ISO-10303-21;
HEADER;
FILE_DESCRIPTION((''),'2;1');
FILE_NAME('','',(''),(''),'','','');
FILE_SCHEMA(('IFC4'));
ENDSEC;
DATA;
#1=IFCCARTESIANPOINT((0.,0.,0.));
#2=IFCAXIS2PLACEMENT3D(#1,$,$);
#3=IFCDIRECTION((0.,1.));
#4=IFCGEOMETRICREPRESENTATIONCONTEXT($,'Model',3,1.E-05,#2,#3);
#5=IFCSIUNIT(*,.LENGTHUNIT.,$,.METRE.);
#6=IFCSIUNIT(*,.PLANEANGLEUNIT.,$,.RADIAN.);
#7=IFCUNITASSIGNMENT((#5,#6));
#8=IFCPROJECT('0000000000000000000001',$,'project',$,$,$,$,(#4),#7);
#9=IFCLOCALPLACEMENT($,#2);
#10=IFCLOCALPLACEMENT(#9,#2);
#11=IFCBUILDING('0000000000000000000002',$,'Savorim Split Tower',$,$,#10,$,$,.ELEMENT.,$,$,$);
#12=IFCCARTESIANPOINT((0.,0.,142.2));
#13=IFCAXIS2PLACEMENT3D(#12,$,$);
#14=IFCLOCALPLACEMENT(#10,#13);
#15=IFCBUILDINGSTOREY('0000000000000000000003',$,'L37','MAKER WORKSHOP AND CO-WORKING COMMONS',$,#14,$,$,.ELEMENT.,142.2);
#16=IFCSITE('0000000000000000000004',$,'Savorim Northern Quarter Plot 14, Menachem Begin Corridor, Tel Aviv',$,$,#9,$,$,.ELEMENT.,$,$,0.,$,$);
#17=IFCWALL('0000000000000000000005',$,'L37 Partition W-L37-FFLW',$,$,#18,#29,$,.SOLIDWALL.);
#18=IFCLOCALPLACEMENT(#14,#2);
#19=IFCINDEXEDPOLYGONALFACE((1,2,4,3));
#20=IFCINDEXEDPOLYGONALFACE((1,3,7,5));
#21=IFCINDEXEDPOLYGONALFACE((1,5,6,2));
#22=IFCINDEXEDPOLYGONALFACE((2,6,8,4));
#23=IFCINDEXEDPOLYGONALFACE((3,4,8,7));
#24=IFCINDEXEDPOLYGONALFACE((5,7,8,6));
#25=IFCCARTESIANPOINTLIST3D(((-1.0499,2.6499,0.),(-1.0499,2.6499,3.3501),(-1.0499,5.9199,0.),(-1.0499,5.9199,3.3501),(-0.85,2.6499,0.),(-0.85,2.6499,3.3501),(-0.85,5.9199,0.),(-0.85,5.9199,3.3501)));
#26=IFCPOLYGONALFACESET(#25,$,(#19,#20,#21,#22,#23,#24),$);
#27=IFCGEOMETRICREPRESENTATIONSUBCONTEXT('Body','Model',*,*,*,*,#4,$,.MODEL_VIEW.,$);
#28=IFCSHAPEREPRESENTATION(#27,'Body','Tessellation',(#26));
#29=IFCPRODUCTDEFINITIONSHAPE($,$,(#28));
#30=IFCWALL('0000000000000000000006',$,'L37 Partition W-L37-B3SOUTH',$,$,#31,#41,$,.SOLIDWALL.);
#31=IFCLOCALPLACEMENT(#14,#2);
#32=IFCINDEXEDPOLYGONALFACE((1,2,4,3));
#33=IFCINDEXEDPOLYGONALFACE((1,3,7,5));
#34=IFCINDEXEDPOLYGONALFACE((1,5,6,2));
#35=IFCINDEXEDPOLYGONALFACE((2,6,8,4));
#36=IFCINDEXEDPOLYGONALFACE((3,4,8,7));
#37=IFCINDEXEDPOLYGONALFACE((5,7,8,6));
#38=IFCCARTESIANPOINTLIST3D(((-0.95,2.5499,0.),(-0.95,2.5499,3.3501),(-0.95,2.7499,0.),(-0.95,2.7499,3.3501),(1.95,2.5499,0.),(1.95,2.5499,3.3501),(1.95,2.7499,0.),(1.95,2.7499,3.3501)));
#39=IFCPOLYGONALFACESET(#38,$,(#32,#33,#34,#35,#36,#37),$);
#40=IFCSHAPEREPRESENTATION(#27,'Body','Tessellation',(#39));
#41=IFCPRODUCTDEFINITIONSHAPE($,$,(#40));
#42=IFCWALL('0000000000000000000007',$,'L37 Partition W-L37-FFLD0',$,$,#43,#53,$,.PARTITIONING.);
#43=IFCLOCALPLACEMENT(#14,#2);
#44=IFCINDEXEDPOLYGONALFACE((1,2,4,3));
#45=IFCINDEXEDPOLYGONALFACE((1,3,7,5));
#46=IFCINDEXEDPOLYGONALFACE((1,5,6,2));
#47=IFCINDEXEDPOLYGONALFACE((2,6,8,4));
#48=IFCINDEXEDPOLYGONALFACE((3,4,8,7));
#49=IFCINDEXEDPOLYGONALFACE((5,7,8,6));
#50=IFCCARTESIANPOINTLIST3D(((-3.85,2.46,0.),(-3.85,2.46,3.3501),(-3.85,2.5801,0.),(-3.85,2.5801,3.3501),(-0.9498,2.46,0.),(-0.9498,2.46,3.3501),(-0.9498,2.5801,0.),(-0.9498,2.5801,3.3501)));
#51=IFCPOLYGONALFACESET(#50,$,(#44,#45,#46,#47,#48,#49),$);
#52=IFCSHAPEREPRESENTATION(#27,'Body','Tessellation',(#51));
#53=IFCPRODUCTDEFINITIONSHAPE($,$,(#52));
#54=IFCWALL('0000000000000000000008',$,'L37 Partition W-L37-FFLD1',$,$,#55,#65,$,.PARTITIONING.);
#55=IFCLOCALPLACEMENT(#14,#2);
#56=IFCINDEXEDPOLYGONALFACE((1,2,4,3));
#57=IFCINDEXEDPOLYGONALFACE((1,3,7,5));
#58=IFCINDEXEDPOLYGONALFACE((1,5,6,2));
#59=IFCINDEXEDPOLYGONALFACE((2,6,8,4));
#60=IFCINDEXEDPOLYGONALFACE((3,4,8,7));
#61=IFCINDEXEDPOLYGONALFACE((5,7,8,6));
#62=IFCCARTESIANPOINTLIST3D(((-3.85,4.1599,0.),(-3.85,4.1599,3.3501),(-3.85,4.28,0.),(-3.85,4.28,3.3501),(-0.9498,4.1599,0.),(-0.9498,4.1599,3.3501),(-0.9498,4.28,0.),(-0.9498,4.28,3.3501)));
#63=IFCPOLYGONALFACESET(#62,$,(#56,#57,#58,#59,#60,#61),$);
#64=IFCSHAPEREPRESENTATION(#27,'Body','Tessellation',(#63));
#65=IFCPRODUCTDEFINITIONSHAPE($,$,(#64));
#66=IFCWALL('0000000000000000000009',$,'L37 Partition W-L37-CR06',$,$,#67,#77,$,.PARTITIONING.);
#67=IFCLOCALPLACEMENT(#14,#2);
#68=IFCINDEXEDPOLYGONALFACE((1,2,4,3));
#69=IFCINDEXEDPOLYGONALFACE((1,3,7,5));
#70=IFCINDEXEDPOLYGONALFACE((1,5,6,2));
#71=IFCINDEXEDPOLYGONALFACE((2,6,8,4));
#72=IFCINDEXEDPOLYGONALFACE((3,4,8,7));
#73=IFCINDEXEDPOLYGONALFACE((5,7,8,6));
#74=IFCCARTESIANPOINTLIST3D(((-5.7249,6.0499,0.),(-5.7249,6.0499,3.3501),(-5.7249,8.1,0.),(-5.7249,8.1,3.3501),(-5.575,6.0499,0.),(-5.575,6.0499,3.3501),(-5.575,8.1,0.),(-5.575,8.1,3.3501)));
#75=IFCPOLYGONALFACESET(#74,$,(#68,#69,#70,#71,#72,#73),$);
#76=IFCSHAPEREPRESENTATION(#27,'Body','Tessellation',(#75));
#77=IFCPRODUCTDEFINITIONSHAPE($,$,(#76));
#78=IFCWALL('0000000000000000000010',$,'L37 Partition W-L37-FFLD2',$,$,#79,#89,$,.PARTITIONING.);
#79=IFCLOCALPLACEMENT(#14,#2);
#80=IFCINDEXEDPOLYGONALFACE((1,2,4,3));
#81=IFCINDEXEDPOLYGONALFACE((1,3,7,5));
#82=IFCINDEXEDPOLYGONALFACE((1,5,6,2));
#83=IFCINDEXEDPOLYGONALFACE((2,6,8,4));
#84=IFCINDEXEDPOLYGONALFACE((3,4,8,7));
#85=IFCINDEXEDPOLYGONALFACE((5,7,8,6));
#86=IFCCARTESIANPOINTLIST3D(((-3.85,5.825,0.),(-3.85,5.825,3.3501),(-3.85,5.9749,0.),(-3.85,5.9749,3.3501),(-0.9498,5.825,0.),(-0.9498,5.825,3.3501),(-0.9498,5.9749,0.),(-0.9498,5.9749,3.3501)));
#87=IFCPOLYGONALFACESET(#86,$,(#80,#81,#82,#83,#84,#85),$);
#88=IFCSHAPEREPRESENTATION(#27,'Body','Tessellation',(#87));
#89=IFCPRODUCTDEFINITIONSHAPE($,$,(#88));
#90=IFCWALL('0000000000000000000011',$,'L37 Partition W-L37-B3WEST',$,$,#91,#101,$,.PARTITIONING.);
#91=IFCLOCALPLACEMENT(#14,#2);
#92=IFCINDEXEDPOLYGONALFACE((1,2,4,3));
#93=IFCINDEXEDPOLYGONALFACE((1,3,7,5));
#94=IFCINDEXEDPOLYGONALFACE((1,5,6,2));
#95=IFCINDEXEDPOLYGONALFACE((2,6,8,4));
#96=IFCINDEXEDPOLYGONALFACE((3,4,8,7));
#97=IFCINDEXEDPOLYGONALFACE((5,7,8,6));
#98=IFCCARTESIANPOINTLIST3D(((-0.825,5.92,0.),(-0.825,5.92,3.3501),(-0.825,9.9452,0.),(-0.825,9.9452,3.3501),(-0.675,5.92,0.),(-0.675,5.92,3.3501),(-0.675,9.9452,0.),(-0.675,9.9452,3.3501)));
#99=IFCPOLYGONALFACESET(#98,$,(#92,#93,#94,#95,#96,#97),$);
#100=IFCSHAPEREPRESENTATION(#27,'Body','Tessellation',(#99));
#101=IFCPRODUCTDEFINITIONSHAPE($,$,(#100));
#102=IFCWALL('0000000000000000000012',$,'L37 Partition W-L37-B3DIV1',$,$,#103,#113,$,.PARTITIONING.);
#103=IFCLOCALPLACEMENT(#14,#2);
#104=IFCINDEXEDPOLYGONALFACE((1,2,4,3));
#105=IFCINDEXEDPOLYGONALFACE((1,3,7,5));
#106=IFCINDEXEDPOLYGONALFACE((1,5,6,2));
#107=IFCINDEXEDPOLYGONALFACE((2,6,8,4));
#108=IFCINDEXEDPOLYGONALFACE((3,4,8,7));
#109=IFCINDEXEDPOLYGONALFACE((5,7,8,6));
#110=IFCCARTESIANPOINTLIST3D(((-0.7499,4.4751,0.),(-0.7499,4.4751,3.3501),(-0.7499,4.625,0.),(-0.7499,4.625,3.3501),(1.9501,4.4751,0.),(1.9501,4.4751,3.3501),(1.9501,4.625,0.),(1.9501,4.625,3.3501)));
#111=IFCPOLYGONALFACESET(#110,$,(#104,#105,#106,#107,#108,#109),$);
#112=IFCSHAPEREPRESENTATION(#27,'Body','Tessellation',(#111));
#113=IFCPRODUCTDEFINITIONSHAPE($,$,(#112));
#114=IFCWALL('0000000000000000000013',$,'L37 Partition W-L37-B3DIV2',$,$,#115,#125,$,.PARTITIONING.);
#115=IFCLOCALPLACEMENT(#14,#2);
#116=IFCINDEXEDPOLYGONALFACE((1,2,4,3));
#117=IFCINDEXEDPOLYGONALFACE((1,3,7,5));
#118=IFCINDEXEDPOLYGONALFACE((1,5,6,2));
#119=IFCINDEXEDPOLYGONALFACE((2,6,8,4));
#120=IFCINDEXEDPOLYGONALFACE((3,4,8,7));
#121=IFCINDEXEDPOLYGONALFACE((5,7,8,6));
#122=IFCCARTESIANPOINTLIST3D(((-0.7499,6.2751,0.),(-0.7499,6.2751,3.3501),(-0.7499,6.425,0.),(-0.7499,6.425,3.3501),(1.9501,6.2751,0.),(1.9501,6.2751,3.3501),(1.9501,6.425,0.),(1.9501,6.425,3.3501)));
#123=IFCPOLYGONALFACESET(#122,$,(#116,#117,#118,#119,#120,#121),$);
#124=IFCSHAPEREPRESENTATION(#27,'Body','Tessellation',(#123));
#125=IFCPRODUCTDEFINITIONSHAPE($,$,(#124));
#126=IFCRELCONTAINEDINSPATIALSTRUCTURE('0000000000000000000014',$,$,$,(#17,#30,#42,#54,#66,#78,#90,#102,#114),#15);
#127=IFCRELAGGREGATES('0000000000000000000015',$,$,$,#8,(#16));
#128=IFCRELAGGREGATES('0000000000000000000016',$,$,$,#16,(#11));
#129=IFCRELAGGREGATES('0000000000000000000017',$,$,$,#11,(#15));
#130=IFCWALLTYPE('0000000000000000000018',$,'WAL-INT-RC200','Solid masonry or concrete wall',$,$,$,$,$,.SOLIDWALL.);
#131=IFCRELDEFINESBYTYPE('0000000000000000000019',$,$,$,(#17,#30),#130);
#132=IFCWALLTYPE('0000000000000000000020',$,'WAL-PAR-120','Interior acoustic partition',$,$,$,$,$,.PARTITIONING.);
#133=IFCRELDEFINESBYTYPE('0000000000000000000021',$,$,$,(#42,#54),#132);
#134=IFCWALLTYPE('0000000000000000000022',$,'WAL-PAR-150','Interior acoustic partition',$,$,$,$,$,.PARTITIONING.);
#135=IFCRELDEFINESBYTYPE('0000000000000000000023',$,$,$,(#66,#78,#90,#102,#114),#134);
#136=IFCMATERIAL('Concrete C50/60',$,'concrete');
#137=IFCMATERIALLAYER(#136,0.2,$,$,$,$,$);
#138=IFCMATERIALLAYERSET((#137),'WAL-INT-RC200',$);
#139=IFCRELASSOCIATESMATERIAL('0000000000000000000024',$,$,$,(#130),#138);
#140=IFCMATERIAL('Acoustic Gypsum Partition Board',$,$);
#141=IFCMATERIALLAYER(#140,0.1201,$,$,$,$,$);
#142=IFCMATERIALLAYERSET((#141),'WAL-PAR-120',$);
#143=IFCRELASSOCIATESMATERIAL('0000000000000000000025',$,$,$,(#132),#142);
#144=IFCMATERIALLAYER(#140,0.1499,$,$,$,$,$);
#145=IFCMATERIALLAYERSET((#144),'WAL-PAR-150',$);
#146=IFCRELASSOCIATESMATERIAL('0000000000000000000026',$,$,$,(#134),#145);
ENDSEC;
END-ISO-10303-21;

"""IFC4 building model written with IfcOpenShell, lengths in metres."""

from ifc_helpers import new_model, si_unit, direction, frame, frame_2d, origin, place, context, subcontext, project, spatial, rectangle, extrude, material, layer, layer_set, type_object, element, save


model = new_model("IFC4")

# Units and contexts
model_context = context("Model", 3, precision=1e-05, world=origin(), true_north=direction((0.0, 1.0)))
body_context = subcontext(model_context, "Body", "Model", "MODEL_VIEW")
ifc_project = project(units=[si_unit("LENGTHUNIT", "METRE"), si_unit("PLANEANGLEUNIT", "RADIAN")], contexts=[model_context])

# Site, building, storey
site_placement = place(None, origin())
site = spatial("IfcSite", under=ifc_project, at=site_placement, Name="Savorim Northern Quarter Plot 14, Menachem Begin Corridor, Tel Aviv", CompositionType="ELEMENT", RefElevation=0.0)
building_placement = place(site_placement, origin())
building = spatial("IfcBuilding", under=site, at=building_placement, Name="Savorim Split Tower", CompositionType="ELEMENT")
storey_placement = place(building_placement, frame((0.0, 0.0, 142.2)))
storey = spatial("IfcBuildingStorey", under=building, at=storey_placement, Name="L37", Description="MAKER WORKSHOP AND CO-WORKING COMMONS", CompositionType="ELEMENT", Elevation=142.2)

# Shared definitions
ifc_material_1 = material(Name="Concrete C50/60", Category="concrete")
ifc_layer_1 = layer(ifc_material_1, 0.2)
ifc_layer_set_1 = layer_set([ifc_layer_1], Name="WAL-INT-RC200")
wall_type_1 = type_object("IfcWallType", Name="WAL-INT-RC200", Description="Solid masonry or concrete wall", PredefinedType="SOLIDWALL", material=ifc_layer_set_1)

# Walls
wall_1_placement = place(storey_placement, frame((-0.95, 2.6499, 0.0), z_axis=(0.0, 0.0, 1.0), x_axis=(0.0, 1.0, 0.0)))
element("IfcWall", 1, at=wall_1_placement, inside=storey, type_object=wall_type_1, Name="L37 Partition W-L37-FFLW", PredefinedType="SOLIDWALL", context=body_context, shape_type="SweptSolid", body=[
    extrude(rectangle(XDim=3.27, YDim=0.2, at=frame_2d((1.635, 0.0))), origin(), (0.0, 0.0, 1.0), 3.3501),
])
wall_2_placement = place(storey_placement, frame((-0.95, 2.6499, 0.0), z_axis=(0.0, 0.0, 1.0), x_axis=(1.0, 0.0, 0.0)))
element("IfcWall", 2, at=wall_2_placement, inside=storey, type_object=wall_type_1, Name="L37 Partition W-L37-B3SOUTH", PredefinedType="SOLIDWALL", context=body_context, shape_type="SweptSolid", body=[
    extrude(rectangle(XDim=2.8999, YDim=0.2, at=frame_2d((1.45, 0.0))), origin(), (0.0, 0.0, 1.0), 3.3501),
])
ifc_material_2 = material(Name="Acoustic Gypsum Partition Board")
ifc_layer_2 = layer(ifc_material_2, 0.1201)
ifc_layer_set_2 = layer_set([ifc_layer_2], Name="WAL-PAR-120")
wall_type_2 = type_object("IfcWallType", Name="WAL-PAR-120", Description="Interior acoustic partition", PredefinedType="PARTITIONING", material=ifc_layer_set_2)
for number, where, z_axis, x_axis, name in (
    (3, (-3.8501, 2.52, 0.0), (0.0, 0.0, 1.0), (1.0, 0.0, 0.0), "L37 Partition W-L37-FFLD0"),
    (4, (-3.8501, 4.22, 0.0), (0.0, 0.0, 1.0), (1.0, 0.0, 0.0), "L37 Partition W-L37-FFLD1"),
):
    element("IfcWall", number, at=place(storey_placement, frame(where, z_axis=z_axis, x_axis=x_axis)), inside=storey, type_object=wall_type_2, Name=name, PredefinedType="PARTITIONING", context=body_context, shape_type="SweptSolid", body=[
        extrude(rectangle(XDim=2.9001, YDim=0.1201, at=frame_2d((1.4502, 0.0))), origin(), (0.0, 0.0, 1.0), 3.3501),
    ])
ifc_layer_3 = layer(ifc_material_2, 0.1499)
ifc_layer_set_3 = layer_set([ifc_layer_3], Name="WAL-PAR-150")
wall_type_3 = type_object("IfcWallType", Name="WAL-PAR-150", Description="Interior acoustic partition", PredefinedType="PARTITIONING", material=ifc_layer_set_3)
wall_3_placement = place(storey_placement, frame((-5.6499, 6.05, 0.0), z_axis=(0.0, 0.0, 1.0), x_axis=(0.0, 1.0, 0.0)))
element("IfcWall", 5, at=wall_3_placement, inside=storey, type_object=wall_type_3, Name="L37 Partition W-L37-CR06", PredefinedType="PARTITIONING", context=body_context, shape_type="SweptSolid", body=[
    extrude(rectangle(XDim=2.05, YDim=0.1499, at=frame_2d((1.0249, 0.0))), origin(), (0.0, 0.0, 1.0), 3.3501),
])
wall_4_placement = place(storey_placement, frame((-3.8501, 5.8999, 0.0), z_axis=(0.0, 0.0, 1.0), x_axis=(1.0, 0.0, 0.0)))
element("IfcWall", 6, at=wall_4_placement, inside=storey, type_object=wall_type_3, Name="L37 Partition W-L37-FFLD2", PredefinedType="PARTITIONING", context=body_context, shape_type="SweptSolid", body=[
    extrude(rectangle(XDim=2.9001, YDim=0.1499, at=frame_2d((1.4502, 0.0))), origin(), (0.0, 0.0, 1.0), 3.3501),
])
wall_5_placement = place(storey_placement, frame((-0.75, 5.9199, 0.0), z_axis=(0.0, 0.0, 1.0), x_axis=(0.0, 1.0, 0.0)))
element("IfcWall", 7, at=wall_5_placement, inside=storey, type_object=wall_type_3, Name="L37 Partition W-L37-B3WEST", PredefinedType="PARTITIONING", context=body_context, shape_type="SweptSolid", body=[
    extrude(rectangle(XDim=4.0251, YDim=0.1499, at=frame_2d((2.0127, 0.0))), origin(), (0.0, 0.0, 1.0), 3.3501),
])
for number, where, z_axis, x_axis, name in (
    (8, (-0.75, 4.55, 0.0), (0.0, 0.0, 1.0), (1.0, 0.0, 0.0), "L37 Partition W-L37-B3DIV1"),
    (9, (-0.75, 6.3501, 0.0), (0.0, 0.0, 1.0), (1.0, 0.0, 0.0), "L37 Partition W-L37-B3DIV2"),
):
    element("IfcWall", number, at=place(storey_placement, frame(where, z_axis=z_axis, x_axis=x_axis)), inside=storey, type_object=wall_type_3, Name=name, PredefinedType="PARTITIONING", context=body_context, shape_type="SweptSolid", body=[
        extrude(rectangle(XDim=2.7, YDim=0.1499, at=frame_2d((1.3501, 0.0))), origin(), (0.0, 0.0, 1.0), 3.3501),
    ])

save(model, "model.ifc")
